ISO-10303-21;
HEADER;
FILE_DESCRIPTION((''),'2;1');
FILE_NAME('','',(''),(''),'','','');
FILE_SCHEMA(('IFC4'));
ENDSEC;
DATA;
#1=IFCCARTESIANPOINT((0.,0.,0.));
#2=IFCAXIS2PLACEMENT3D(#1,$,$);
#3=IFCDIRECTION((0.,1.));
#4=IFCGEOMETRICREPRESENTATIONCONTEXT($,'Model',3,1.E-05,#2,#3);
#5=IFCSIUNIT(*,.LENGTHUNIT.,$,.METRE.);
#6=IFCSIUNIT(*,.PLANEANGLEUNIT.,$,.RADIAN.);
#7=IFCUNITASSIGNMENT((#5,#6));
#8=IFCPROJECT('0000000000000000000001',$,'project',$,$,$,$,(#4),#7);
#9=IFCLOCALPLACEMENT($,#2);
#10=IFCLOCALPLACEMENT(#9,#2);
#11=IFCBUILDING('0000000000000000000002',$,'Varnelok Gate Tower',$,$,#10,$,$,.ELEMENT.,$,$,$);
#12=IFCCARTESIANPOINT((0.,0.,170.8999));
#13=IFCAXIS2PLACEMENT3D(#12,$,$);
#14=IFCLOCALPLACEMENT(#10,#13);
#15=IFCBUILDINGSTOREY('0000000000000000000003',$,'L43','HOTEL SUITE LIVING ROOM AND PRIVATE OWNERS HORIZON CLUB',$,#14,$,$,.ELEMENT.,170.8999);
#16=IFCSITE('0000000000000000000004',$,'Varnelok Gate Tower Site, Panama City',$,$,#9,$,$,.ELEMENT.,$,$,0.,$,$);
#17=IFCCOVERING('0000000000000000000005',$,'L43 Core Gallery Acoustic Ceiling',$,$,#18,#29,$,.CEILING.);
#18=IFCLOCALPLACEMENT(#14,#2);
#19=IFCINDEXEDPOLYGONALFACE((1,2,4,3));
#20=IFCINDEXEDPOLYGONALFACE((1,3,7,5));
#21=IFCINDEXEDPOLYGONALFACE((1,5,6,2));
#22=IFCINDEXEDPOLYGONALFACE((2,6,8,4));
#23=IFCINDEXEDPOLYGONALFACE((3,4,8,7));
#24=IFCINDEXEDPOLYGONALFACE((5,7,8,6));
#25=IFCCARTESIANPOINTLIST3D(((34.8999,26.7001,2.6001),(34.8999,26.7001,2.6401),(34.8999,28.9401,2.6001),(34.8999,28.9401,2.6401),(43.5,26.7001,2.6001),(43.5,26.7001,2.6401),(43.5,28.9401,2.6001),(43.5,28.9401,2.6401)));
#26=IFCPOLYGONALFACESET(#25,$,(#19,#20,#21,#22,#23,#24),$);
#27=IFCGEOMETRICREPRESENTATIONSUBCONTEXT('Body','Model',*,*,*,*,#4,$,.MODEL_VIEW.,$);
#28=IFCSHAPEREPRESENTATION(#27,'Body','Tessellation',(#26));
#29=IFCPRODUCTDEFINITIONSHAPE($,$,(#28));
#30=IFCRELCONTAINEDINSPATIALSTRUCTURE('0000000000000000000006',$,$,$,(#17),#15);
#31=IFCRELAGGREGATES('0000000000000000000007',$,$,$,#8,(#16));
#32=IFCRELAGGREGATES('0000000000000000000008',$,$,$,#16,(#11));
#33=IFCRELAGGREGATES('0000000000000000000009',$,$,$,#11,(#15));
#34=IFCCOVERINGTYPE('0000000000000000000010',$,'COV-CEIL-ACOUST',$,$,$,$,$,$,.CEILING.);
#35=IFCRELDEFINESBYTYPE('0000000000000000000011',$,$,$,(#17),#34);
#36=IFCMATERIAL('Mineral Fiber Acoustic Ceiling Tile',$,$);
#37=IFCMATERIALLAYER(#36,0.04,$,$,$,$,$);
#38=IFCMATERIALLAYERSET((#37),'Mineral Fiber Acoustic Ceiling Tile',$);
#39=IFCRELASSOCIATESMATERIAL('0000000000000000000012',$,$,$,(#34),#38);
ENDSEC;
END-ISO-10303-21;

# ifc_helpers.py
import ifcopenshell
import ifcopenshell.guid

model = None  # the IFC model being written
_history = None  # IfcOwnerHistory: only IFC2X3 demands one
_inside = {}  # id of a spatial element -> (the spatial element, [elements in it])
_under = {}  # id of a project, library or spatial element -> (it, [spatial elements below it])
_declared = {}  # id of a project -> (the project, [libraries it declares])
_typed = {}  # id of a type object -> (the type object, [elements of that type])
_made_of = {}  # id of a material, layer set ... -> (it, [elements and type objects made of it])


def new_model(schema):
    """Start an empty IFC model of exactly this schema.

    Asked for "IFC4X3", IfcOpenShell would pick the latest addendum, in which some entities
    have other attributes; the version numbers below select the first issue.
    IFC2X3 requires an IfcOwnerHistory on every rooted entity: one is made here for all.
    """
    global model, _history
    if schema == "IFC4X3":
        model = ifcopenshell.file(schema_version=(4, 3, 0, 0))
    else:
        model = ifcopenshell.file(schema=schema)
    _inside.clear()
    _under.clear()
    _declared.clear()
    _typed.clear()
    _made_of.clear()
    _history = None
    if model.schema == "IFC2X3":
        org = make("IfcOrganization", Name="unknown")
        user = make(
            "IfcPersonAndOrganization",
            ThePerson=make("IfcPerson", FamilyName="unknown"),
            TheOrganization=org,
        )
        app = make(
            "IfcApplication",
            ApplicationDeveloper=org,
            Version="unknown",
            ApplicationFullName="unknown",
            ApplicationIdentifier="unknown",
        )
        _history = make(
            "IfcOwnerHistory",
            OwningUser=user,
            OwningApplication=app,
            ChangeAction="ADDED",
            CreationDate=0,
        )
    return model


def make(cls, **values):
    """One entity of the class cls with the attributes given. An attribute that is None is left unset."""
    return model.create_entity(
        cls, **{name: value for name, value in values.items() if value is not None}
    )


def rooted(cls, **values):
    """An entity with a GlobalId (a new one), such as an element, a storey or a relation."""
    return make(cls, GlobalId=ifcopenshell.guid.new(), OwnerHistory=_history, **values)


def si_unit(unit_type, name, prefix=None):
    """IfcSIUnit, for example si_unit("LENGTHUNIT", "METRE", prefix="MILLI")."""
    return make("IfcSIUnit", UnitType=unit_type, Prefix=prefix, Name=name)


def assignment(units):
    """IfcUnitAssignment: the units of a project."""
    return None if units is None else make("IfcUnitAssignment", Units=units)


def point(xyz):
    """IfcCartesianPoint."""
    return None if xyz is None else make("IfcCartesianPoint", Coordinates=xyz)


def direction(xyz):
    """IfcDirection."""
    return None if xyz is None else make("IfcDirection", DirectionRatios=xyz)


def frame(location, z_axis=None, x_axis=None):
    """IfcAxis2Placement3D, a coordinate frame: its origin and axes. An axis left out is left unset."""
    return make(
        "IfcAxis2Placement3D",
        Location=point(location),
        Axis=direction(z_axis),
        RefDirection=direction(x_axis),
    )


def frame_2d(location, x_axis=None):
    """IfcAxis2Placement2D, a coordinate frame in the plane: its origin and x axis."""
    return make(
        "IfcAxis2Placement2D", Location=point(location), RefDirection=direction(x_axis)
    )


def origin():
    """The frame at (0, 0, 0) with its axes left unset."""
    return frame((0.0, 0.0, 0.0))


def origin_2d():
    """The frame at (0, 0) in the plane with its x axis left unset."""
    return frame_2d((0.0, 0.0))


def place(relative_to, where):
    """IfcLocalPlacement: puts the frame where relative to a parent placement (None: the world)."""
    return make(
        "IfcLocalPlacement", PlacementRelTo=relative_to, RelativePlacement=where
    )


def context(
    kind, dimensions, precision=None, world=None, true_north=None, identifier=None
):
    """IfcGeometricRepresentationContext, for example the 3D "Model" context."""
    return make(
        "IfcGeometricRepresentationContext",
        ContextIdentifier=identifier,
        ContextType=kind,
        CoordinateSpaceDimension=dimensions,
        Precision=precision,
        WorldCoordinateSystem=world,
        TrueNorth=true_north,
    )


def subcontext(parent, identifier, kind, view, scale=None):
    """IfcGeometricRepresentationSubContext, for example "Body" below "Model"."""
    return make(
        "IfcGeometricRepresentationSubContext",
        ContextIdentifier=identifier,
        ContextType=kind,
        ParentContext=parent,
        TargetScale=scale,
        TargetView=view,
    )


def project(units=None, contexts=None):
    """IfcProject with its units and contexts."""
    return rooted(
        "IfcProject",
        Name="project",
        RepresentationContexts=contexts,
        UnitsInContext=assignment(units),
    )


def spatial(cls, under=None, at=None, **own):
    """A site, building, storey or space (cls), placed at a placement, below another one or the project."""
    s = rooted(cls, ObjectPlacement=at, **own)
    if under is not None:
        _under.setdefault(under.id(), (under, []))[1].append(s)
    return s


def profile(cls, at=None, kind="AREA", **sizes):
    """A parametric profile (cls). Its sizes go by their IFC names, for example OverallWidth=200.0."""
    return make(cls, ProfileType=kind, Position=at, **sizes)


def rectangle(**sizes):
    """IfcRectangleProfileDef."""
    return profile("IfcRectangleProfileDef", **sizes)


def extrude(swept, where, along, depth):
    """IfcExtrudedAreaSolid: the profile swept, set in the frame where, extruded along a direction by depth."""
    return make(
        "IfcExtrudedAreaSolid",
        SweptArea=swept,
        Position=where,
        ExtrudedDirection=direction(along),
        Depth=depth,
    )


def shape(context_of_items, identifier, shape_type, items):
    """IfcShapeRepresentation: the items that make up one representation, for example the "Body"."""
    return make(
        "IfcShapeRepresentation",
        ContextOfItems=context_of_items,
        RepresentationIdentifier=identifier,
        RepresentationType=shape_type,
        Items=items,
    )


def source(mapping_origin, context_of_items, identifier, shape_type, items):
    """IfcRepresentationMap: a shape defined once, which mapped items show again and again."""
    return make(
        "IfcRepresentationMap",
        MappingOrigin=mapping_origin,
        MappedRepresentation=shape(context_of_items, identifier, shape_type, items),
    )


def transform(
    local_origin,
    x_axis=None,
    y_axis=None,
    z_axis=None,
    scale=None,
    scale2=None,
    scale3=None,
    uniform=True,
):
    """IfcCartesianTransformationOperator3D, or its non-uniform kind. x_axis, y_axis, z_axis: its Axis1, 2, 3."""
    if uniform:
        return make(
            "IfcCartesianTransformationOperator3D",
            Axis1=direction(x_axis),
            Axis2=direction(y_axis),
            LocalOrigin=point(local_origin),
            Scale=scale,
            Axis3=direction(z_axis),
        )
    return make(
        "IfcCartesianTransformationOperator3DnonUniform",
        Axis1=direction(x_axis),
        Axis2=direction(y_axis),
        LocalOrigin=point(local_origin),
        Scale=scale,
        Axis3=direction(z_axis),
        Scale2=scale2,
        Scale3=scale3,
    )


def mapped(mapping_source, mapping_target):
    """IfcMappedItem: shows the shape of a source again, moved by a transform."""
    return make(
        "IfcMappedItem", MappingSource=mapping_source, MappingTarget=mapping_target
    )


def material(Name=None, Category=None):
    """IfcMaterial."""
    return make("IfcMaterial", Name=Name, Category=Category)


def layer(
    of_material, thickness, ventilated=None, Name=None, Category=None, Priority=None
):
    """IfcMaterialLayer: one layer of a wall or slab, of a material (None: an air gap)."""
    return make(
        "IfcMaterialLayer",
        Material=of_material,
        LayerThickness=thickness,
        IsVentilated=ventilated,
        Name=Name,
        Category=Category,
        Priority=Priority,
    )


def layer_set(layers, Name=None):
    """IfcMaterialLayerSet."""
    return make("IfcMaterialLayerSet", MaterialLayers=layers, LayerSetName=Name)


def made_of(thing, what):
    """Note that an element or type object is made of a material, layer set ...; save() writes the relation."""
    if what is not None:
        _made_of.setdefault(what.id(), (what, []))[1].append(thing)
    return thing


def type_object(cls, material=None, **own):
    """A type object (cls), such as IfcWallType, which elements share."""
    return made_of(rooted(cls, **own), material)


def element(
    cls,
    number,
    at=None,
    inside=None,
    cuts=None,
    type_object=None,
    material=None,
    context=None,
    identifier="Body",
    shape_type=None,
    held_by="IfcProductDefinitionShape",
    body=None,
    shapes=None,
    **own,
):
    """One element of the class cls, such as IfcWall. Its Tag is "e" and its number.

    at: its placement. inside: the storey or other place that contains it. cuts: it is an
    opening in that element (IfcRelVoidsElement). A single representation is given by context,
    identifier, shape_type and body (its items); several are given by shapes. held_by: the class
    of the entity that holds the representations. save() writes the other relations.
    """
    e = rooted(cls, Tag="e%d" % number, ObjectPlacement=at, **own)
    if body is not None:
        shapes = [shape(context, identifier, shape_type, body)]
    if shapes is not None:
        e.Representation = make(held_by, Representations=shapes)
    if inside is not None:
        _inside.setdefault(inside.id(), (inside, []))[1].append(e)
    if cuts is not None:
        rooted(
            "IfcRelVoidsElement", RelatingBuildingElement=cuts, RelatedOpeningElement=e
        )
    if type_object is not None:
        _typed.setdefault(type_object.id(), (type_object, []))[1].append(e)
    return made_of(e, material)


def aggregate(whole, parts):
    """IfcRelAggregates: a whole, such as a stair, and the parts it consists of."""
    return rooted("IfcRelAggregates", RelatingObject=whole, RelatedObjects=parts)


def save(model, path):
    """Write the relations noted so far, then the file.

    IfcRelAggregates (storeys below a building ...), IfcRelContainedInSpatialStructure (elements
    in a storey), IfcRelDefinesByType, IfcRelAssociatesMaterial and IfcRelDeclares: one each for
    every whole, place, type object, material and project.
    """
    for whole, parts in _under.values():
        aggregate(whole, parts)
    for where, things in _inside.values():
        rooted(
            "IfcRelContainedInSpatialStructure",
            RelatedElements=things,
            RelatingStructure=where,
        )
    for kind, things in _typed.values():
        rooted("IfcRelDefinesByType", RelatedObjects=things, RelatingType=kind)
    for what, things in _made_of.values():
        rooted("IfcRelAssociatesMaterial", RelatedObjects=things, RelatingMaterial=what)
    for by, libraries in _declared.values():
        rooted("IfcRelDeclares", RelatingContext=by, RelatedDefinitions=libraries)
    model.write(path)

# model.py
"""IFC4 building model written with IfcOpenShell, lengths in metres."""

from ifc_helpers import new_model, si_unit, direction, frame, origin, origin_2d, place, context, subcontext, project, spatial, rectangle, extrude, source, transform, mapped, material, layer, layer_set, type_object, element, save


model = new_model("IFC4")

# Units and contexts
model_context = context("Model", 3, precision=1e-05, world=origin(), true_north=direction((0.0, 1.0)))
body_context = subcontext(model_context, "Body", "Model", "MODEL_VIEW")
ifc_project = project(units=[si_unit("LENGTHUNIT", "METRE"), si_unit("PLANEANGLEUNIT", "RADIAN")], contexts=[model_context])

# Site, building, storey
site_placement = place(None, origin())
site = spatial("IfcSite", under=ifc_project, at=site_placement, Name="Varnelok Gate Tower Site, Panama City", CompositionType="ELEMENT", RefElevation=0.0)
building_placement = place(site_placement, origin())
building = spatial("IfcBuilding", under=site, at=building_placement, Name="Varnelok Gate Tower", CompositionType="ELEMENT")
storey_placement = place(building_placement, frame((0.0, 0.0, 170.8999)))
storey = spatial("IfcBuildingStorey", under=building, at=storey_placement, Name="L43", Description="HOTEL SUITE LIVING ROOM AND PRIVATE OWNERS HORIZON CLUB", CompositionType="ELEMENT", Elevation=170.8999)

# Covering
ifc_material_1 = material(Name="Mineral Fiber Acoustic Ceiling Tile")
ifc_layer_1 = layer(ifc_material_1, 0.04)
ifc_layer_set_1 = layer_set([ifc_layer_1], Name="Mineral Fiber Acoustic Ceiling Tile")
covering_type_1 = type_object("IfcCoveringType", Name="COV-CEIL-ACOUST", PredefinedType="CEILING", material=ifc_layer_set_1)
shared_shape_1 = source(origin(), body_context, "Body", "SweptSolid", [
    extrude(rectangle(XDim=8.6001, YDim=2.24, at=origin_2d()), origin(), (0.0, 0.0, 1.0), 0.04),
])
covering_1_placement = place(storey_placement, frame((39.2, 27.8201, 2.6001), z_axis=(0.0, 0.0, 1.0), x_axis=(1.0, 0.0, 0.0)))
element("IfcCovering", 1, at=covering_1_placement, inside=storey, type_object=covering_type_1, Name="L43 Core Gallery Acoustic Ceiling", PredefinedType="CEILING", context=body_context, shape_type="MappedRepresentation", body=[
    mapped(shared_shape_1, transform((0.0, 0.0, 0.0), scale=1.0)),
])

save(model, "model.ifc")
